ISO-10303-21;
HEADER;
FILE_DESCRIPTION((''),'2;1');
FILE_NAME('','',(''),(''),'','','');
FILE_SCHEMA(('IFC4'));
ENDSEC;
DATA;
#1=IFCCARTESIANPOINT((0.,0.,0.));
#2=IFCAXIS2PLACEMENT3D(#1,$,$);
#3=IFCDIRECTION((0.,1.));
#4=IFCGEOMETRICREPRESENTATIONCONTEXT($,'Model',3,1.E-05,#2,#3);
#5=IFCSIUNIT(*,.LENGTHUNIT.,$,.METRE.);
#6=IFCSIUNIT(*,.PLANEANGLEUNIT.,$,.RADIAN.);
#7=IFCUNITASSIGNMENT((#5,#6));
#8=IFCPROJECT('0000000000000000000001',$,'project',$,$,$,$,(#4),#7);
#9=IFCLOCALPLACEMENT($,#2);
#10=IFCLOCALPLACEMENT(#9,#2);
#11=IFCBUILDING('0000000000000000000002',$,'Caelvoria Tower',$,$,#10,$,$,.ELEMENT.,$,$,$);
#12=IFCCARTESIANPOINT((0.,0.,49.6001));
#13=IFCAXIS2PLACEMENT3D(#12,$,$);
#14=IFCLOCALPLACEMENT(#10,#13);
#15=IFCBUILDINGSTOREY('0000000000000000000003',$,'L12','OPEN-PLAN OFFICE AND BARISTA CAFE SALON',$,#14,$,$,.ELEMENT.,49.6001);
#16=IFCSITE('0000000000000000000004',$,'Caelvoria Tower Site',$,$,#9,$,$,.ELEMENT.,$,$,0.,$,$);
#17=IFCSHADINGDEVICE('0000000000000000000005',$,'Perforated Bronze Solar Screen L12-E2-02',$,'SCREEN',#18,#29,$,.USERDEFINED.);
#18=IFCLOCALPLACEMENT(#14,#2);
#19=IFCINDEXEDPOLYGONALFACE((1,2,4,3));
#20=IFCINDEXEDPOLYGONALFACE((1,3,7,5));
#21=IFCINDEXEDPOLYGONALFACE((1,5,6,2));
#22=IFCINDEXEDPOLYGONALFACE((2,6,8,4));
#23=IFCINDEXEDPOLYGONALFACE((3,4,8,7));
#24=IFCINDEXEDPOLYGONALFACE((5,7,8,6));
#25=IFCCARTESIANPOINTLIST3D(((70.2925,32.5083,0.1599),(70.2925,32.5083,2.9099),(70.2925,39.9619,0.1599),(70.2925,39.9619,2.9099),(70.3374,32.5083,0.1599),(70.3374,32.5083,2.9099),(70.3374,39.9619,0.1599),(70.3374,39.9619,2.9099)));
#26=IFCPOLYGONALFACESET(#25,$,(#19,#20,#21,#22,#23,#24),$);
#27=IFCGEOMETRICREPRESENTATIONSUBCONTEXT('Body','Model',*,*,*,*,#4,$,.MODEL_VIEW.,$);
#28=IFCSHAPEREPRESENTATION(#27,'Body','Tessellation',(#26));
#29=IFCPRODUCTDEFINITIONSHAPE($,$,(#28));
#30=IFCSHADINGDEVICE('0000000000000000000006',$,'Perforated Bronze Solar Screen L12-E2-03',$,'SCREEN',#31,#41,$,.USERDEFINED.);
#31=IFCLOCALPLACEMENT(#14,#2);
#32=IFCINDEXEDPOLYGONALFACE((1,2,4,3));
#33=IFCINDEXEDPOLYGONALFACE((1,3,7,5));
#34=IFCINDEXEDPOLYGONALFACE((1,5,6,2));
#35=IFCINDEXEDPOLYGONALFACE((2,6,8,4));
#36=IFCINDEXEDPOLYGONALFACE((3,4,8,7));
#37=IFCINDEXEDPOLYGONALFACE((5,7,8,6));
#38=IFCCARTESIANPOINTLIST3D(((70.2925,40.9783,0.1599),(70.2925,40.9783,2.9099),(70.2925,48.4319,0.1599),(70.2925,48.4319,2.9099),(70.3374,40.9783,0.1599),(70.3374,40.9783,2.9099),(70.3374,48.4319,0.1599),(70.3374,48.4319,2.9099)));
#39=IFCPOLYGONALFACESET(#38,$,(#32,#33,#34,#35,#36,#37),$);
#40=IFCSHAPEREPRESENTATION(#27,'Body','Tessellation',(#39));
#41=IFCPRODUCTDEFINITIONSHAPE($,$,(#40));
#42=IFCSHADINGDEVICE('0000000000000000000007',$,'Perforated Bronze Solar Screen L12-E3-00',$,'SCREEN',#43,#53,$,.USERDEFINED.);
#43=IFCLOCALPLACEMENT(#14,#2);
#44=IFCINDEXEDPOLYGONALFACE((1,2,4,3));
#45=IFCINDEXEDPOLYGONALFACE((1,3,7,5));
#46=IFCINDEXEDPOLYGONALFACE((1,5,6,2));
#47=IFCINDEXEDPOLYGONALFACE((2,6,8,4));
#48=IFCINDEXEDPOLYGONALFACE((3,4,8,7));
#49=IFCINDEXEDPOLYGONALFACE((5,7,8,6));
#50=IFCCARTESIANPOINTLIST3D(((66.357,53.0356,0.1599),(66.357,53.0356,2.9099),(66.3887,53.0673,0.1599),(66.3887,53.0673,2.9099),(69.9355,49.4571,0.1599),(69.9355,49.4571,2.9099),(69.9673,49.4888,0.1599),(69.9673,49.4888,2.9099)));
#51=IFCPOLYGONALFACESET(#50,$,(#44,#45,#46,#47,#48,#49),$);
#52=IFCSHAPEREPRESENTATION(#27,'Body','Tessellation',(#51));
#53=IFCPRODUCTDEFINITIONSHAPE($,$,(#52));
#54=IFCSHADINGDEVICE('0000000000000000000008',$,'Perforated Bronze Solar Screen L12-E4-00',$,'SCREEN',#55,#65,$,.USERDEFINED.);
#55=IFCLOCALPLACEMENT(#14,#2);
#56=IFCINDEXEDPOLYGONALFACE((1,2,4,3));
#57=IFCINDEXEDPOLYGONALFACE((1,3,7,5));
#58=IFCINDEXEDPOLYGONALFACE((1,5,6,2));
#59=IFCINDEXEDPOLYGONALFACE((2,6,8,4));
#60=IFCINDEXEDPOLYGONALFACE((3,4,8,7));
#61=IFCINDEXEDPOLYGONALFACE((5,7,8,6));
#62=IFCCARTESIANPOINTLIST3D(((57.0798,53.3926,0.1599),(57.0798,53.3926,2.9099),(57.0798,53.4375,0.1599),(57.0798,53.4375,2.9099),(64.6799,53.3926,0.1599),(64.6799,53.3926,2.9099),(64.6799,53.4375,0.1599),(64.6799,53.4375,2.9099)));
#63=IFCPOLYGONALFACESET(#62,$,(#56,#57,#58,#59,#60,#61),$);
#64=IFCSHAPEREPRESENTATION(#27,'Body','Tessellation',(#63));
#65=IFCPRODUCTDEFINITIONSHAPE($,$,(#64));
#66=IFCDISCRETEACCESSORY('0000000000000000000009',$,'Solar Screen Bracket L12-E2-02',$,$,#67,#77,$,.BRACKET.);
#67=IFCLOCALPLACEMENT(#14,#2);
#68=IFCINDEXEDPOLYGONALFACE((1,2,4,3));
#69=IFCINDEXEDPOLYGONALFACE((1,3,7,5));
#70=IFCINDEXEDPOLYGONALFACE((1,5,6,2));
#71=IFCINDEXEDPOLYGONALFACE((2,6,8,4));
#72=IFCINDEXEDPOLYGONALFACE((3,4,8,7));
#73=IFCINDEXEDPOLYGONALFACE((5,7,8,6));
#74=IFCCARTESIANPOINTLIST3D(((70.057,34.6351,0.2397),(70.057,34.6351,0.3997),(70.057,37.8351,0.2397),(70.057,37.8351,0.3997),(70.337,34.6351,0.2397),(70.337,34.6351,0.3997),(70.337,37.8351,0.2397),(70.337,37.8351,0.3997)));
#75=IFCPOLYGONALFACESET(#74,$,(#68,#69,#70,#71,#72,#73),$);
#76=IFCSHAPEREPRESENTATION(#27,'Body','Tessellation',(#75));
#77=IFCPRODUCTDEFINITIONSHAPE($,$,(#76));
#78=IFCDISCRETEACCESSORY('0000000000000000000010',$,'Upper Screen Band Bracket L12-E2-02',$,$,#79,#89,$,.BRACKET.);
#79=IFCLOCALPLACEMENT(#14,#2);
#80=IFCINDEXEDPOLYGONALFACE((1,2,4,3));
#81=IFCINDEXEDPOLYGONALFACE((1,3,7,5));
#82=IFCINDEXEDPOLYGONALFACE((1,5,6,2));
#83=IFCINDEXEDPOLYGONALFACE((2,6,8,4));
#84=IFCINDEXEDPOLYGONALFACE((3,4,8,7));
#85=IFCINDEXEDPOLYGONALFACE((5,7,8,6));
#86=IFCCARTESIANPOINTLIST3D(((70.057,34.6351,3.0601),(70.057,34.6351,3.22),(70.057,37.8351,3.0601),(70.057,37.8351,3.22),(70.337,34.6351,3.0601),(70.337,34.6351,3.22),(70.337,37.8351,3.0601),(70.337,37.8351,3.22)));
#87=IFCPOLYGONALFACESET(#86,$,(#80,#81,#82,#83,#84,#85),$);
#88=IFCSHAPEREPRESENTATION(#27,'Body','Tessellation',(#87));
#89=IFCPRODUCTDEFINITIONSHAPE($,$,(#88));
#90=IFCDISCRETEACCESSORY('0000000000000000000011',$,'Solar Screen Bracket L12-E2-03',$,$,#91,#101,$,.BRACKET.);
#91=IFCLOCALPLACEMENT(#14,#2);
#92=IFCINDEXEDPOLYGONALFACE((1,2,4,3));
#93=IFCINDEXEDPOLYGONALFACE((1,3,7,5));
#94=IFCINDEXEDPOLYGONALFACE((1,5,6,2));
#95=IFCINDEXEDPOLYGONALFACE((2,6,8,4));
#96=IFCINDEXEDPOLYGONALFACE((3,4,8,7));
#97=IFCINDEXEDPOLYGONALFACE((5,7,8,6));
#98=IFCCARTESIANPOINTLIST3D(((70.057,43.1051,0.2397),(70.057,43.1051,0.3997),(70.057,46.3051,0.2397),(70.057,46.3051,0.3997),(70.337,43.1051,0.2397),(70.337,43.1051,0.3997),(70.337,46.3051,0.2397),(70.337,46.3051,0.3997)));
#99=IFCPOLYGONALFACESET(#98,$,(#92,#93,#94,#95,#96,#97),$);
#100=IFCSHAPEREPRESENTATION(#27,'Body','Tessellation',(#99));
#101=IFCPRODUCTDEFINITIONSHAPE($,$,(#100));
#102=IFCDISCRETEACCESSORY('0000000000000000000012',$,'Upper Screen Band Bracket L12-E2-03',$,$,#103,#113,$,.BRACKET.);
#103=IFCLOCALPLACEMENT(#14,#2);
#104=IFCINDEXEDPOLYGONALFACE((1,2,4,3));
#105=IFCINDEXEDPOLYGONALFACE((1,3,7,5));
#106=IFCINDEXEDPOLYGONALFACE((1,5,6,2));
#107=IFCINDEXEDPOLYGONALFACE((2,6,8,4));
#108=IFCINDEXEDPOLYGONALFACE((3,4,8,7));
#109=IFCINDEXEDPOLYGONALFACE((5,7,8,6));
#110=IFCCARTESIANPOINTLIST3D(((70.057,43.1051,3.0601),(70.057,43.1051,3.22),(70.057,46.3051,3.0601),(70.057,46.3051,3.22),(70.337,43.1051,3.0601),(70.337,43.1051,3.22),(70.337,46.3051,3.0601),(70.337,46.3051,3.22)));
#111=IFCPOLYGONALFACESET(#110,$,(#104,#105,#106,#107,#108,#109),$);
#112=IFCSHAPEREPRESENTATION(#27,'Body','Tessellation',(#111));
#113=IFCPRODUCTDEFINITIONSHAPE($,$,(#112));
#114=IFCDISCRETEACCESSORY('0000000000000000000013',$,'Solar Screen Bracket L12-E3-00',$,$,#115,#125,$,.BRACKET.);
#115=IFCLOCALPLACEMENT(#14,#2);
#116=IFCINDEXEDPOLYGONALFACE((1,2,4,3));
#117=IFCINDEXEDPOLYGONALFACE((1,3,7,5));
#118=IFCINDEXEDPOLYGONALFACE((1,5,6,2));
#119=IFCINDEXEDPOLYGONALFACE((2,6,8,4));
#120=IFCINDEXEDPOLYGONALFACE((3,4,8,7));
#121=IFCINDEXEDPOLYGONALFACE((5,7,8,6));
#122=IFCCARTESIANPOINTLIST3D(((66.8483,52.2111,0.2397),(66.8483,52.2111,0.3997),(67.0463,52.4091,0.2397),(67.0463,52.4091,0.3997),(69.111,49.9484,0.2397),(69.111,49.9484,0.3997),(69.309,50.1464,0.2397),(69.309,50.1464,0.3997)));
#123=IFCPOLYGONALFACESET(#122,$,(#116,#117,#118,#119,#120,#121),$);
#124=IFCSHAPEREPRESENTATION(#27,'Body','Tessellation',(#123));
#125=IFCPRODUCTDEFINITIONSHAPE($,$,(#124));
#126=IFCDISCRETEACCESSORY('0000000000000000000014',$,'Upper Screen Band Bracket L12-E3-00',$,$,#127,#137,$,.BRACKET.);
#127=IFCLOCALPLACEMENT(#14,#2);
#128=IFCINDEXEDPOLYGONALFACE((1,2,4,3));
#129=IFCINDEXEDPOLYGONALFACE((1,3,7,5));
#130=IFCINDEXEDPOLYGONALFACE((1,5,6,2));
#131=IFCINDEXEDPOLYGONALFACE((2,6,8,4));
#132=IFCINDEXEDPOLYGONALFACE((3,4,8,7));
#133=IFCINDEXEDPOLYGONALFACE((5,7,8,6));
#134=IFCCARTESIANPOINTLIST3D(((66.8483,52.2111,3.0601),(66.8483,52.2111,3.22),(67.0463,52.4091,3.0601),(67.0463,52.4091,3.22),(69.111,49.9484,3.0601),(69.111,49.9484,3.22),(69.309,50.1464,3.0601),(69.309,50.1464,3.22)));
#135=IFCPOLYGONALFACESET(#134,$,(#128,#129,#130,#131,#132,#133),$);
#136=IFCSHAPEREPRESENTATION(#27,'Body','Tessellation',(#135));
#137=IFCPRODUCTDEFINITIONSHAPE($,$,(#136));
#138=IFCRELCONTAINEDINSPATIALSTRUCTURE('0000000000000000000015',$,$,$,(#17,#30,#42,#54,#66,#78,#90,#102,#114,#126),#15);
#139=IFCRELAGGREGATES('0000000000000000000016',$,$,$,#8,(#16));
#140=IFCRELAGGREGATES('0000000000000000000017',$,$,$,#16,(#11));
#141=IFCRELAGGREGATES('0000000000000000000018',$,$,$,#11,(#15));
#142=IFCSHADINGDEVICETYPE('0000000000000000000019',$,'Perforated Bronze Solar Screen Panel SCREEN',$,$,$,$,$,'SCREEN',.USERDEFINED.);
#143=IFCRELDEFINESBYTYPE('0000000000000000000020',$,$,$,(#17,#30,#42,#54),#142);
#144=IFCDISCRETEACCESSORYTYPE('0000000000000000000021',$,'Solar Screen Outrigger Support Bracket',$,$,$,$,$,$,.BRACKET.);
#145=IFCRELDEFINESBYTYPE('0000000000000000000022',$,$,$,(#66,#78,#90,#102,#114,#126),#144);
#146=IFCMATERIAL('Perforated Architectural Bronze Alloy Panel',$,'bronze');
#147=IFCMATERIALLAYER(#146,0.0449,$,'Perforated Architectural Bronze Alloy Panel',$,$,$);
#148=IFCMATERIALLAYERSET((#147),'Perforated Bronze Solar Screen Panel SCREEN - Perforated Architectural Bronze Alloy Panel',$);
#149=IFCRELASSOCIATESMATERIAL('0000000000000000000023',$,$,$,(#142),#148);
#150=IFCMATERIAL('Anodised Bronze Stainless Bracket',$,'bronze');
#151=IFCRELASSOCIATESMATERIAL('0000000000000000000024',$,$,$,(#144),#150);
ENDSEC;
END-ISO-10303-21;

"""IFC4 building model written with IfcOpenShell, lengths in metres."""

from ifc_helpers import new_model, si_unit, direction, frame, origin, origin_2d, place, context, subcontext, project, spatial, rectangle, extrude, material, layer, layer_set, type_object, element, save


model = new_model("IFC4")

# Units and contexts
model_context = context("Model", 3, precision=1e-05, world=origin(), true_north=direction((0.0, 1.0)))
body_context = subcontext(model_context, "Body", "Model", "MODEL_VIEW")
ifc_project = project(units=[si_unit("LENGTHUNIT", "METRE"), si_unit("PLANEANGLEUNIT", "RADIAN")], contexts=[model_context])

# Site, building, storey
site_placement = place(None, origin())
site = spatial("IfcSite", under=ifc_project, at=site_placement, Name="Caelvoria Tower Site", CompositionType="ELEMENT", RefElevation=0.0)
building_placement = place(site_placement, origin())
building = spatial("IfcBuilding", under=site, at=building_placement, Name="Caelvoria Tower", CompositionType="ELEMENT")
storey_placement = place(building_placement, frame((0.0, 0.0, 49.6001)))
storey = spatial("IfcBuildingStorey", under=building, at=storey_placement, Name="L12", Description="OPEN-PLAN OFFICE AND BARISTA CAFE SALON", CompositionType="ELEMENT", Elevation=49.6001)

# Shading devices
ifc_material_1 = material(Name="Perforated Architectural Bronze Alloy Panel", Category="bronze")
ifc_layer_1 = layer(ifc_material_1, 0.0449, Name="Perforated Architectural Bronze Alloy Panel")
ifc_layer_set_1 = layer_set([ifc_layer_1], Name="Perforated Bronze Solar Screen Panel SCREEN - Perforated Architectural Bronze Alloy Panel")
shading_device_type = type_object("IfcShadingDeviceType", Name="Perforated Bronze Solar Screen Panel SCREEN", ElementType="SCREEN", PredefinedType="USERDEFINED", material=ifc_layer_set_1)
for number, where, z_axis, x_axis, name in (
    (1, (70.3149, 36.2351, 0.1599), (0.0, 0.0, 1.0), (0.0, 1.0, 0.0), "Perforated Bronze Solar Screen L12-E2-02"),
    (2, (70.3149, 44.7051, 0.1599), (0.0, 0.0, 1.0), (0.0, 1.0, 0.0), "Perforated Bronze Solar Screen L12-E2-03"),
):
    element("IfcShadingDevice", number, at=place(storey_placement, frame(where, z_axis=z_axis, x_axis=x_axis)), inside=storey, type_object=shading_device_type, Name=name, ObjectType="SCREEN", PredefinedType="USERDEFINED", context=body_context, shape_type="SweptSolid", body=[
        extrude(rectangle(XDim=7.4536, YDim=0.0449, at=origin_2d()), origin(), (0.0, 0.0, 1.0), 2.75),
    ])
shading_device_1_placement = place(storey_placement, frame((68.1621, 51.2622, 0.1599), z_axis=(0.0, 0.0, 1.0), x_axis=(-0.707107, 0.707107, 0.0)))
element("IfcShadingDevice", 3, at=shading_device_1_placement, inside=storey, type_object=shading_device_type, Name="Perforated Bronze Solar Screen L12-E3-00", ObjectType="SCREEN", PredefinedType="USERDEFINED", context=body_context, shape_type="SweptSolid", body=[
    extrude(rectangle(XDim=5.0608, YDim=0.0449, at=origin_2d()), origin(), (0.0, 0.0, 1.0), 2.75),
])
shading_device_2_placement = place(storey_placement, frame((60.8799, 53.415, 0.1599), z_axis=(0.0, 0.0, 1.0), x_axis=(-1.0, 0.0, 0.0)))
element("IfcShadingDevice", 4, at=shading_device_2_placement, inside=storey, type_object=shading_device_type, Name="Perforated Bronze Solar Screen L12-E4-00", ObjectType="SCREEN", PredefinedType="USERDEFINED", context=body_context, shape_type="SweptSolid", body=[
    extrude(rectangle(XDim=7.6001, YDim=0.0449, at=origin_2d()), origin(), (0.0, 0.0, 1.0), 2.75),
])

# Discrete accessories
ifc_material_2 = material(Name="Anodised Bronze Stainless Bracket", Category="bronze")
discrete_accessory_type = type_object("IfcDiscreteAccessoryType", Name="Solar Screen Outrigger Support Bracket", PredefinedType="BRACKET", material=ifc_material_2)
for number, where, z_axis, x_axis, name in (
    (5, (70.197, 36.2351, 0.2397), (0.0, 0.0, 1.0), (0.0, 1.0, 0.0), "Solar Screen Bracket L12-E2-02"),
    (6, (70.197, 36.2351, 3.0601), (0.0, 0.0, 1.0), (0.0, 1.0, 0.0), "Upper Screen Band Bracket L12-E2-02"),
    (7, (70.197, 44.7051, 0.2397), (0.0, 0.0, 1.0), (0.0, 1.0, 0.0), "Solar Screen Bracket L12-E2-03"),
    (8, (70.197, 44.7051, 3.0601), (0.0, 0.0, 1.0), (0.0, 1.0, 0.0), "Upper Screen Band Bracket L12-E2-03"),
    (9, (68.0786, 51.1787, 0.2397), (0.0, 0.0, 1.0), (-0.707107, 0.707107, 0.0), "Solar Screen Bracket L12-E3-00"),
    (10, (68.0786, 51.1787, 3.0601), (0.0, 0.0, 1.0), (-0.707107, 0.707107, 0.0), "Upper Screen Band Bracket L12-E3-00"),
):
    element("IfcDiscreteAccessory", number, at=place(storey_placement, frame(where, z_axis=z_axis, x_axis=x_axis)), inside=storey, type_object=discrete_accessory_type, Name=name, PredefinedType="BRACKET", context=body_context, shape_type="SweptSolid", body=[
        extrude(rectangle(XDim=3.2, YDim=0.28, at=origin_2d()), origin(), (0.0, 0.0, 1.0), 0.1599),
    ])

save(model, "model.ifc")
